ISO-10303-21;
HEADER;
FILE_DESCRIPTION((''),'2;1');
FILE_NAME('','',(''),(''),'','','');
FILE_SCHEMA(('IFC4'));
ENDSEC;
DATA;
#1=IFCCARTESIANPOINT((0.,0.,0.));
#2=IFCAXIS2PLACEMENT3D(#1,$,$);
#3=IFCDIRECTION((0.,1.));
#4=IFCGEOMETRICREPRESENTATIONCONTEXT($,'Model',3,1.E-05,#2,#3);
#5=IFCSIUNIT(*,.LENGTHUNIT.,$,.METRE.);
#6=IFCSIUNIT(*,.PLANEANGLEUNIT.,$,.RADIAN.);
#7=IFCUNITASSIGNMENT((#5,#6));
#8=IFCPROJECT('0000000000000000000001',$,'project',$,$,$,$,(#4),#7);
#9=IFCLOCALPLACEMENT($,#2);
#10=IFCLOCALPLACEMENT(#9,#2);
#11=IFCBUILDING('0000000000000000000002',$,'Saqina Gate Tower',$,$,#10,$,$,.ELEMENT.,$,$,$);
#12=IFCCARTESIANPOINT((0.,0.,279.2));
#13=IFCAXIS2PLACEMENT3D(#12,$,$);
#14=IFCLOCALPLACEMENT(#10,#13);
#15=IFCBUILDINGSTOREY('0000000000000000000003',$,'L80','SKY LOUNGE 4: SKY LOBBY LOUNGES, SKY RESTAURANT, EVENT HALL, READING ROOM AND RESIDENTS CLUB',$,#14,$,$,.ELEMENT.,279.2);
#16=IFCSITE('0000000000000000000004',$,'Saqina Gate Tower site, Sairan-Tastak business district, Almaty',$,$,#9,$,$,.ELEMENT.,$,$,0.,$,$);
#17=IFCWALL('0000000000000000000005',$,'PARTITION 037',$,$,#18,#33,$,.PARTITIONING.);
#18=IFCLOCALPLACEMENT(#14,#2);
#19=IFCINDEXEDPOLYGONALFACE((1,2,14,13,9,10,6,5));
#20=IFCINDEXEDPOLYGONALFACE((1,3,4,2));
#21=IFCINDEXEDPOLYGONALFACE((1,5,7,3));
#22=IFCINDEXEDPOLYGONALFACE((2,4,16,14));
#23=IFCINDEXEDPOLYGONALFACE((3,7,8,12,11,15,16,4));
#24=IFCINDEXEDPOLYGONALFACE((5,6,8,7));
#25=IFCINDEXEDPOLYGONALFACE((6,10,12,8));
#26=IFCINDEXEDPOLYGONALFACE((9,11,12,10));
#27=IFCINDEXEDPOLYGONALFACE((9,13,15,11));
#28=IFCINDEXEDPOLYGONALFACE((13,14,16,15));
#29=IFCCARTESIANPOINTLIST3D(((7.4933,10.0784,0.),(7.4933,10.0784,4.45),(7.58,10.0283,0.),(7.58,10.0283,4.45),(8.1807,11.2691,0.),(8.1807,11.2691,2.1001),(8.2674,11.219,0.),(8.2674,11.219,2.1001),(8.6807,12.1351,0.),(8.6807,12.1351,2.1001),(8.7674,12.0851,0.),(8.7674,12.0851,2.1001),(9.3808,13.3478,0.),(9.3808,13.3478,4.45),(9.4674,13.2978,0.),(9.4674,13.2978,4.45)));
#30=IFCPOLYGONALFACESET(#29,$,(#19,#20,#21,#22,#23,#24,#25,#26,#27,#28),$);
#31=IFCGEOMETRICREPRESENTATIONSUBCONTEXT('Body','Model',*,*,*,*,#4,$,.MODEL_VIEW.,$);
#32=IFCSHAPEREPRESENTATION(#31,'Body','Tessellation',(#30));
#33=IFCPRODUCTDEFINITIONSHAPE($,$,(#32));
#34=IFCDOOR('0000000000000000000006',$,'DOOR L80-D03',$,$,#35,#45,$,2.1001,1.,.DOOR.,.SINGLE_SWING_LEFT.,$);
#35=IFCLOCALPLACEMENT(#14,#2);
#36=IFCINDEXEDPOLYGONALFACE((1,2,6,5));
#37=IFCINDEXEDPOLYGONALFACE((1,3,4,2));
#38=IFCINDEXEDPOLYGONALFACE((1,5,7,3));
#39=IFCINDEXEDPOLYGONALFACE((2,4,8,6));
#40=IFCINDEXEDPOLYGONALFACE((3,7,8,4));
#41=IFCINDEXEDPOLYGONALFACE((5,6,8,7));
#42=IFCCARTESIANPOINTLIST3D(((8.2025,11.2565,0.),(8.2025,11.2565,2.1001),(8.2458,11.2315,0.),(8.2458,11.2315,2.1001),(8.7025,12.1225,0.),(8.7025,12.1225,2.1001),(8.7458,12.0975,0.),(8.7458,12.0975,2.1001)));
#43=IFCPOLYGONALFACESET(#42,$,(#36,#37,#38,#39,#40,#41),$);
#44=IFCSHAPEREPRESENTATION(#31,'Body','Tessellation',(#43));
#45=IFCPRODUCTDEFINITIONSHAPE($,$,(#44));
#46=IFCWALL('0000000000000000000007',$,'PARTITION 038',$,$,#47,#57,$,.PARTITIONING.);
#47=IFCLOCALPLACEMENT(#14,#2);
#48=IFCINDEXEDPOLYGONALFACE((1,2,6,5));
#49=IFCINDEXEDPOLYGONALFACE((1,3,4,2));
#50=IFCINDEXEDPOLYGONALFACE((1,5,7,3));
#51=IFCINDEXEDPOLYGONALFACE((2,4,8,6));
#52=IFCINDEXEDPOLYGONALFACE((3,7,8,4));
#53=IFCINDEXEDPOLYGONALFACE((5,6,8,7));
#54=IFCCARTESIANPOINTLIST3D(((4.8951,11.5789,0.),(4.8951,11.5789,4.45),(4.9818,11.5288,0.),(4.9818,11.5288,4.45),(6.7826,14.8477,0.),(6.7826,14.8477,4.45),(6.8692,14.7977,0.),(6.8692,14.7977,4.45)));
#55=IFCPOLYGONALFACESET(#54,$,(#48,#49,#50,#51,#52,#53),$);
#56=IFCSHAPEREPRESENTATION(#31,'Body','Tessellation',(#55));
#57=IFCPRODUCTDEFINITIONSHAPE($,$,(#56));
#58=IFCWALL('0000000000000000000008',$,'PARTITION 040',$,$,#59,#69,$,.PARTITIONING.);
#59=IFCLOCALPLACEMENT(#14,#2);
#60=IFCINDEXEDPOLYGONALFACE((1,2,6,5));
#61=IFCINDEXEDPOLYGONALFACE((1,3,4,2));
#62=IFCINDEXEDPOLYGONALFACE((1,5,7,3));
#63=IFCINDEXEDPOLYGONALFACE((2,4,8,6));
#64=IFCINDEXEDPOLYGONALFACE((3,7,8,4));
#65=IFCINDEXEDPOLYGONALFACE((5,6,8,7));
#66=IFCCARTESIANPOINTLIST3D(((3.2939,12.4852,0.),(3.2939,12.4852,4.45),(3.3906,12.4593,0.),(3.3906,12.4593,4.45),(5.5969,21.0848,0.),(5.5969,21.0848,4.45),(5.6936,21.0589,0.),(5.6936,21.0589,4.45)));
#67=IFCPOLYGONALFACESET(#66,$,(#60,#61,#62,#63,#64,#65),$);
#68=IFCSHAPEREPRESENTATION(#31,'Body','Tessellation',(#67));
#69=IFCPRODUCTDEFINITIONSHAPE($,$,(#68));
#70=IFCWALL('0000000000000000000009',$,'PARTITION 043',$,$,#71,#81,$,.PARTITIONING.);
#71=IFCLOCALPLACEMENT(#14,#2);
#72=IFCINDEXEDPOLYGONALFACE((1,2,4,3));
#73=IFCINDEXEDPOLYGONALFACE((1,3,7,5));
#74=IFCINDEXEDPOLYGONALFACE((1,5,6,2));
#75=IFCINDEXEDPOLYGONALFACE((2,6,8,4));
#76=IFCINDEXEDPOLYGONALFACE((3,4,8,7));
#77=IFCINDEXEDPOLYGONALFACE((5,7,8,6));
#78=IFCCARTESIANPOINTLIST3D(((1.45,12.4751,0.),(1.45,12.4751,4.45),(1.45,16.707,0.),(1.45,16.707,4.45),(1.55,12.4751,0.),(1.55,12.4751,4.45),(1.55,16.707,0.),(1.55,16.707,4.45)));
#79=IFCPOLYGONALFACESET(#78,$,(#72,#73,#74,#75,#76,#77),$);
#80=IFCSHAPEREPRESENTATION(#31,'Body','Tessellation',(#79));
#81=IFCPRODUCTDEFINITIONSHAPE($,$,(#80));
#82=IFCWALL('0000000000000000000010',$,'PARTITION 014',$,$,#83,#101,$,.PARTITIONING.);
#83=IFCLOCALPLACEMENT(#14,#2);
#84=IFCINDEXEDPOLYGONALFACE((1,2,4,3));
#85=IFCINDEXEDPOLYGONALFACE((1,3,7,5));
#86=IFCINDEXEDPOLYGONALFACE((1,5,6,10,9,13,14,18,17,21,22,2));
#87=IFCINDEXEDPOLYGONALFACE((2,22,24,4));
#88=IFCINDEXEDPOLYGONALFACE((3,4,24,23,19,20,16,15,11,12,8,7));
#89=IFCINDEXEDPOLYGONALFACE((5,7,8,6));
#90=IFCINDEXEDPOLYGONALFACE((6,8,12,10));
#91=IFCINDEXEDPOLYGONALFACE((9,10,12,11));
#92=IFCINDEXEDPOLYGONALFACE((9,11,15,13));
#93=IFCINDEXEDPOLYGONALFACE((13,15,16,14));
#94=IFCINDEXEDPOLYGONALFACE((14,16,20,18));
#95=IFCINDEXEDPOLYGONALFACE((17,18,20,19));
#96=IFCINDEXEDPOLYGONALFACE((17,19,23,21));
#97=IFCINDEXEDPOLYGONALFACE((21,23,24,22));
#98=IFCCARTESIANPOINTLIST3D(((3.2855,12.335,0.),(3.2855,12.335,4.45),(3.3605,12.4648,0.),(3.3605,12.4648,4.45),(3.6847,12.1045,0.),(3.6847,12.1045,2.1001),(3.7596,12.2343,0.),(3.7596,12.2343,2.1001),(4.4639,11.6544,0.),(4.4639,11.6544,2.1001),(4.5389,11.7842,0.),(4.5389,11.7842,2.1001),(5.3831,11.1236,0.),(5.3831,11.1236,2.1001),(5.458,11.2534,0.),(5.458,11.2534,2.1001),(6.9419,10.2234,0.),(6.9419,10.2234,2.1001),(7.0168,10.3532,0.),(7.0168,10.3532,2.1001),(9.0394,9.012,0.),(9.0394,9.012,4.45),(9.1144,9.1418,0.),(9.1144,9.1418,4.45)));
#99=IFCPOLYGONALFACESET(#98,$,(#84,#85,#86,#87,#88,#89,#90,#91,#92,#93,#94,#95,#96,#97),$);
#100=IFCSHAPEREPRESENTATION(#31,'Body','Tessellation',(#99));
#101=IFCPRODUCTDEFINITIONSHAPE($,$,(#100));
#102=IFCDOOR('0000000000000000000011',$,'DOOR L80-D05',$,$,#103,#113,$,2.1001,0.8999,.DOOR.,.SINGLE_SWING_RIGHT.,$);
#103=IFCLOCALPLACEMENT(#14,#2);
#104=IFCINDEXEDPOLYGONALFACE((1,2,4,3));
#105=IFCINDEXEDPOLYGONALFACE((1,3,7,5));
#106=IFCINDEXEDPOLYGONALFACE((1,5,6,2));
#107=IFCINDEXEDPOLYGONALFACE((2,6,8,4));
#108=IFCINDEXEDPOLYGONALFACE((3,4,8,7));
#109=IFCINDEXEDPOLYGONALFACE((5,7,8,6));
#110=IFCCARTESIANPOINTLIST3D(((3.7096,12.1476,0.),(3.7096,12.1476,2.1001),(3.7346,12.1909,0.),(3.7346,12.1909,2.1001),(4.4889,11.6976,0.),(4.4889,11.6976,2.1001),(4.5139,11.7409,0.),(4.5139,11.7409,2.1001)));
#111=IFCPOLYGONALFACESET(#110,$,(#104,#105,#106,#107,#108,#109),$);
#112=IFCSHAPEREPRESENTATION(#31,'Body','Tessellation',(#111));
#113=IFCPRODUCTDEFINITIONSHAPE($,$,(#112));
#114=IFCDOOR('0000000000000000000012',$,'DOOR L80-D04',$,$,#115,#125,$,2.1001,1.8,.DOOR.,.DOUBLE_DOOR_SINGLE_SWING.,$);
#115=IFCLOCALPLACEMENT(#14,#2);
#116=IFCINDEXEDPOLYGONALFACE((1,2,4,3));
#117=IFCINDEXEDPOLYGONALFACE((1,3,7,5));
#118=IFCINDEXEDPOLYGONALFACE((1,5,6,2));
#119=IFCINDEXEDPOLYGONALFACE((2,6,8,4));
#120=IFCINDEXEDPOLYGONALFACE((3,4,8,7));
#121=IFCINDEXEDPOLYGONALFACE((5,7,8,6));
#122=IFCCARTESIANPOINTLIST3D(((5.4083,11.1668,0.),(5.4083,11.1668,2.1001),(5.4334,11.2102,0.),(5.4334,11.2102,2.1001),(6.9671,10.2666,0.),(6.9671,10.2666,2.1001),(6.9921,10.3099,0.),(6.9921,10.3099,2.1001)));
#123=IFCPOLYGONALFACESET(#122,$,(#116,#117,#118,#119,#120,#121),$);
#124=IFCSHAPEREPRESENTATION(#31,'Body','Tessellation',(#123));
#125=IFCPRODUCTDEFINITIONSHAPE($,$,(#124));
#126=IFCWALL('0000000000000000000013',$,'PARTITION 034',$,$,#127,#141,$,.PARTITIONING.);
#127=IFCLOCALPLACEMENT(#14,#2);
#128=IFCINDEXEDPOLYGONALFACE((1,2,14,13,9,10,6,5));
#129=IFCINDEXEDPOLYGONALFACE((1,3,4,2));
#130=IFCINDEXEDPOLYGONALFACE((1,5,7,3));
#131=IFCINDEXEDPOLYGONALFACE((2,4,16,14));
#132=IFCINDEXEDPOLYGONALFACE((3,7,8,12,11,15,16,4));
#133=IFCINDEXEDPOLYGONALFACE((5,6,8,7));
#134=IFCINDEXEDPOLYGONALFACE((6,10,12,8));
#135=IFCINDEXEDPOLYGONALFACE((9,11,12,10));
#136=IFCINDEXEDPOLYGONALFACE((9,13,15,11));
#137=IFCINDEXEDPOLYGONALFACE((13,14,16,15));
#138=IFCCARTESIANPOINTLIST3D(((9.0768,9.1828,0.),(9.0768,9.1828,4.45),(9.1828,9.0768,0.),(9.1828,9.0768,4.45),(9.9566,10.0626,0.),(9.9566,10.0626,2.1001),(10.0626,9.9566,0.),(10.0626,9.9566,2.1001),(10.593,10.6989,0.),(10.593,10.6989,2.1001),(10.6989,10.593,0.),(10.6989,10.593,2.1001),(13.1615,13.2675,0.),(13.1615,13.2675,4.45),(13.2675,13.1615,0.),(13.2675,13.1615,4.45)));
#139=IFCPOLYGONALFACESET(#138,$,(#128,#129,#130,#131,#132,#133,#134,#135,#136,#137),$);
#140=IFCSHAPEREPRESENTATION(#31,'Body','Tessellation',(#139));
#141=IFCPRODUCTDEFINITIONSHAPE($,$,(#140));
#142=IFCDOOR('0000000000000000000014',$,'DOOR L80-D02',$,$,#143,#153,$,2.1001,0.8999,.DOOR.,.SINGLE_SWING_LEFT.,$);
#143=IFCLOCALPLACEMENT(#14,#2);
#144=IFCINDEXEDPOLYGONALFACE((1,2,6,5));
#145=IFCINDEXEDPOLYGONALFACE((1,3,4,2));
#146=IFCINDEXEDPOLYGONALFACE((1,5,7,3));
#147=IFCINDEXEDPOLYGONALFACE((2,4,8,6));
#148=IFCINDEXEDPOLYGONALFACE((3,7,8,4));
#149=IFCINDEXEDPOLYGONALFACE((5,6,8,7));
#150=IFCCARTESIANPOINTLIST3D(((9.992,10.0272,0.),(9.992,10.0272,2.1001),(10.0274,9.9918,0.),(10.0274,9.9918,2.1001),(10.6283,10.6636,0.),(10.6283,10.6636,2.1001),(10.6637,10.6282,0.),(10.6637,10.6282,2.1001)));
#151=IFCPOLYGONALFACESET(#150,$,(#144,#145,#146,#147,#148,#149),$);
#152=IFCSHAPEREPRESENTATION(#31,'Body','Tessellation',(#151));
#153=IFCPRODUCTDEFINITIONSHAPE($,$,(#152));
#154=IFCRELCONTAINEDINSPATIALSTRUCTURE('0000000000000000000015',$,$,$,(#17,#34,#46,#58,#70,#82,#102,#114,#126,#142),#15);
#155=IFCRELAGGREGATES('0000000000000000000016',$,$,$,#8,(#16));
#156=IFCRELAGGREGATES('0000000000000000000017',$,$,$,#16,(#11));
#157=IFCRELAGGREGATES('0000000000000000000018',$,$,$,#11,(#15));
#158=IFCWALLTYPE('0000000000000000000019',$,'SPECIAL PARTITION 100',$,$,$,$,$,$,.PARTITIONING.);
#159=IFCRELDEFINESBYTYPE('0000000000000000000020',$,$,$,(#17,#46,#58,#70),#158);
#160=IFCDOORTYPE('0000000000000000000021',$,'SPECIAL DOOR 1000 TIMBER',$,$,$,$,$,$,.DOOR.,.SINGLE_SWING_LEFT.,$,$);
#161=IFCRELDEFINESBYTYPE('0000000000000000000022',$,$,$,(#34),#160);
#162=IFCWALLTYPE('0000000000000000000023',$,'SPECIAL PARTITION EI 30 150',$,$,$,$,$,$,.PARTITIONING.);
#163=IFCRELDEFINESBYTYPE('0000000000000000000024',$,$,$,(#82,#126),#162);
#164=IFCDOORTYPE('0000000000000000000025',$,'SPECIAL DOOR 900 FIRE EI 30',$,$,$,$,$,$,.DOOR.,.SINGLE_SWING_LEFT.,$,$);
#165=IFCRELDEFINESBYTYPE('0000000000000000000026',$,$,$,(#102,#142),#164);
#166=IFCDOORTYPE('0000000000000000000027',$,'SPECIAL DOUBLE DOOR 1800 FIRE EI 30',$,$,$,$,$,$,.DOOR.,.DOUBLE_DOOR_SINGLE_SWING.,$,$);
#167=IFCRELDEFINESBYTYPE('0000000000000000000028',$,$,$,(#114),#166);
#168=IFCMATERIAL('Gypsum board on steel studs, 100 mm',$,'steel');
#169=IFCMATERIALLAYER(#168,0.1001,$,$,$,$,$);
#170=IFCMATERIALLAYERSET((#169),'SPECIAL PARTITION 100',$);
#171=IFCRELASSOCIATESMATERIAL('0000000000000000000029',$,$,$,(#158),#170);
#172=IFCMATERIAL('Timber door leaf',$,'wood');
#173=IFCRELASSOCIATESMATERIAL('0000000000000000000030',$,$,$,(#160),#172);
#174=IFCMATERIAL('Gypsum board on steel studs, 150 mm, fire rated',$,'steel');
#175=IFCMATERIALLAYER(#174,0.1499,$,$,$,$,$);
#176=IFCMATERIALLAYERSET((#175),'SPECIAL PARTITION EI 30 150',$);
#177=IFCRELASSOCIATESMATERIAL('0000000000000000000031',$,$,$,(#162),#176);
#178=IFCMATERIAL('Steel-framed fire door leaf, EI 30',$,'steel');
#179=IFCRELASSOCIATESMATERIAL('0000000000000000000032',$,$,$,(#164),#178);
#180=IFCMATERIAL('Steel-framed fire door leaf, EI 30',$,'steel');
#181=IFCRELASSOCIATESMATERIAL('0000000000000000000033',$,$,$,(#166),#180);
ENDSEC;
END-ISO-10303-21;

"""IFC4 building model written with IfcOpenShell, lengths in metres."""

from ifc_helpers import new_model, si_unit, direction, frame, frame_2d, origin, place, context, subcontext, project, spatial, rectangle, extrude, material, layer, layer_set, type_object, element, fill, save


model = new_model("IFC4")

# Units and contexts
model_context = context("Model", 3, precision=1e-05, world=origin(), true_north=direction((0.0, 1.0)))
body_context = subcontext(model_context, "Body", "Model", "MODEL_VIEW")
ifc_project = project(units=[si_unit("LENGTHUNIT", "METRE"), si_unit("PLANEANGLEUNIT", "RADIAN")], contexts=[model_context])

# Site, building, storey
site_placement = place(None, origin())
site = spatial("IfcSite", under=ifc_project, at=site_placement, Name="Saqina Gate Tower site, Sairan-Tastak business district, Almaty", CompositionType="ELEMENT", RefElevation=0.0)
building_placement = place(site_placement, origin())
building = spatial("IfcBuilding", under=site, at=building_placement, Name="Saqina Gate Tower", CompositionType="ELEMENT")
storey_placement = place(building_placement, frame((0.0, 0.0, 279.2)))
storey = spatial("IfcBuildingStorey", under=building, at=storey_placement, Name="L80", Description="SKY LOUNGE 4: SKY LOBBY LOUNGES, SKY RESTAURANT, EVENT HALL, READING ROOM AND RESIDENTS CLUB", CompositionType="ELEMENT", Elevation=279.2)

# Shared definitions
ifc_material_1 = material(Name="Gypsum board on steel studs, 100 mm", Category="steel")
ifc_layer_1 = layer(ifc_material_1, 0.1001)
ifc_layer_set_1 = layer_set([ifc_layer_1], Name="SPECIAL PARTITION 100")
wall_type_1 = type_object("IfcWallType", Name="SPECIAL PARTITION 100", PredefinedType="PARTITIONING", material=ifc_layer_set_1)

# Wall, opening, door
wall_1_placement = place(storey_placement, frame((7.5366, 10.0532, 0.0), z_axis=(0.0, 0.0, 1.0), x_axis=(0.499958, 0.86605, 0.0)))
wall_1 = element("IfcWall", 1, at=wall_1_placement, inside=storey, type_object=wall_type_1, Name="PARTITION 037", PredefinedType="PARTITIONING", context=body_context, shape_type="SweptSolid", body=[
    extrude(rectangle(XDim=3.7751, YDim=0.1001, at=frame_2d((1.8877, 0.0))), origin(), (0.0, 0.0, 1.0), 4.45),
])
opening_1_placement = place(wall_1_placement, frame((1.375, 0.0, 0.0)))
opening_1 = element("IfcOpeningElement", 2, at=opening_1_placement, cuts=wall_1, PredefinedType="OPENING", context=body_context, shape_type="SweptSolid", body=[
    extrude(rectangle(XDim=1.0, YDim=2.1001, at=frame_2d((0.5, 1.05))), frame((0.0, 0.062, 0.0), z_axis=(0.0, -1.0, 0.0), x_axis=(1.0, 0.0, 0.0)), (0.0, 0.0, 1.0), 0.124),
])
ifc_material_2 = material(Name="Timber door leaf", Category="wood")
door_type_1 = type_object("IfcDoorType", Name="SPECIAL DOOR 1000 TIMBER", OperationType="SINGLE_SWING_LEFT", PredefinedType="DOOR", material=ifc_material_2)
door_1_placement = place(opening_1_placement, origin())
door_1 = element("IfcDoor", 3, at=door_1_placement, inside=storey, type_object=door_type_1, Name="DOOR L80-D03", OperationType="SINGLE_SWING_LEFT", OverallHeight=2.1001, OverallWidth=1.0, PredefinedType="DOOR", context=body_context, shape_type="SweptSolid", body=[
    extrude(rectangle(XDim=1.0, YDim=2.1001, at=frame_2d((0.5, 1.05))), frame((0.0, 0.0249, 0.0), z_axis=(0.0, -1.0, 0.0), x_axis=(1.0, 0.0, 0.0)), (0.0, 0.0, 1.0), 0.05),
])
fill(opening_1, door_1)

# Walls
wall_2_placement = place(storey_placement, frame((4.9385, 11.554, 0.0), z_axis=(0.0, 0.0, 1.0), x_axis=(0.500042, 0.866001, 0.0)))
element("IfcWall", 4, at=wall_2_placement, inside=storey, type_object=wall_type_1, Name="PARTITION 038", PredefinedType="PARTITIONING", context=body_context, shape_type="SweptSolid", body=[
    extrude(rectangle(XDim=3.7747, YDim=0.1001, at=frame_2d((1.8872, 0.0))), origin(), (0.0, 0.0, 1.0), 4.45),
])
wall_3_placement = place(storey_placement, frame((3.3423, 12.4724, 0.0), z_axis=(0.0, 0.0, 1.0), x_axis=(0.258685, 0.965962, 0.0)))
element("IfcWall", 5, at=wall_3_placement, inside=storey, type_object=wall_type_1, Name="PARTITION 040", PredefinedType="PARTITIONING", context=body_context, shape_type="SweptSolid", body=[
    extrude(rectangle(XDim=8.9026, YDim=0.1001, at=frame_2d((4.4512, 0.0))), origin(), (0.0, 0.0, 1.0), 4.45),
])
wall_4_placement = place(storey_placement, frame((1.5, 12.4751, 0.0), z_axis=(0.0, 0.0, 1.0), x_axis=(0.0, 1.0, 0.0)))
element("IfcWall", 6, at=wall_4_placement, inside=storey, type_object=wall_type_1, Name="PARTITION 043", PredefinedType="PARTITIONING", context=body_context, shape_type="SweptSolid", body=[
    extrude(rectangle(XDim=4.2319, YDim=0.1001, at=frame_2d((2.116, 0.0))), origin(), (0.0, 0.0, 1.0), 4.45),
])

# Wall, openings, doors
ifc_material_3 = material(Name="Gypsum board on steel studs, 150 mm, fire rated", Category="steel")
ifc_layer_2 = layer(ifc_material_3, 0.1499)
ifc_layer_set_2 = layer_set([ifc_layer_2], Name="SPECIAL PARTITION EI 30 150")
wall_type_2 = type_object("IfcWallType", Name="SPECIAL PARTITION EI 30 150", PredefinedType="PARTITIONING", material=ifc_layer_set_2)
wall_5_placement = place(storey_placement, frame((3.323, 12.3999, 0.0), z_axis=(0.0, 0.0, 1.0), x_axis=(0.865962, -0.50011, 0.0)))
wall_5 = element("IfcWall", 7, at=wall_5_placement, inside=storey, type_object=wall_type_2, Name="PARTITION 014", PredefinedType="PARTITIONING", context=body_context, shape_type="SweptSolid", body=[
    extrude(rectangle(XDim=6.6445, YDim=0.1499, at=frame_2d((3.3223, 0.0))), origin(), (0.0, 0.0, 1.0), 4.45),
])
opening_2_placement = place(wall_5_placement, frame((2.4224, 0.0, 0.0)))
opening_2 = element("IfcOpeningElement", 8, at=opening_2_placement, cuts=wall_5, PredefinedType="OPENING", context=body_context, shape_type="SweptSolid", body=[
    extrude(rectangle(XDim=1.8, YDim=2.1001, at=frame_2d((0.8999, 1.05))), frame((0.0, 0.0869, 0.0), z_axis=(0.0, -1.0, 0.0), x_axis=(1.0, 0.0, 0.0)), (0.0, 0.0, 1.0), 0.1738),
])
opening_3_placement = place(wall_5_placement, frame((0.4609, 0.0, 0.0)))
opening_3 = element("IfcOpeningElement", 9, at=opening_3_placement, cuts=wall_5, PredefinedType="OPENING", context=body_context, shape_type="SweptSolid", body=[
    extrude(rectangle(XDim=0.8999, YDim=2.1001, at=frame_2d((0.45, 1.05))), frame((0.0, 0.0869, 0.0), z_axis=(0.0, -1.0, 0.0), x_axis=(1.0, 0.0, 0.0)), (0.0, 0.0, 1.0), 0.1738),
])
ifc_material_4 = material(Name="Steel-framed fire door leaf, EI 30", Category="steel")
door_type_2 = type_object("IfcDoorType", Name="SPECIAL DOOR 900 FIRE EI 30", OperationType="SINGLE_SWING_LEFT", PredefinedType="DOOR", material=ifc_material_4)
door_2_placement = place(opening_3_placement, origin())
door_2 = element("IfcDoor", 10, at=door_2_placement, inside=storey, type_object=door_type_2, Name="DOOR L80-D05", OperationType="SINGLE_SWING_RIGHT", OverallHeight=2.1001, OverallWidth=0.8999, PredefinedType="DOOR", context=body_context, shape_type="SweptSolid", body=[
    extrude(rectangle(XDim=0.8999, YDim=2.1001, at=frame_2d((0.45, 1.05))), frame((0.0, 0.0249, 0.0), z_axis=(0.0, -1.0, 0.0), x_axis=(1.0, 0.0, 0.0)), (0.0, 0.0, 1.0), 0.05),
])
fill(opening_3, door_2)
ifc_material_5 = material(Name="Steel-framed fire door leaf, EI 30", Category="steel")
door_type_3 = type_object("IfcDoorType", Name="SPECIAL DOUBLE DOOR 1800 FIRE EI 30", OperationType="DOUBLE_DOOR_SINGLE_SWING", PredefinedType="DOOR", material=ifc_material_5)
door_3_placement = place(opening_2_placement, frame((1.8, 0.0, 0.0), z_axis=(0.0, 0.0, 1.0), x_axis=(-1.0, 0.0, 0.0)))
door_3 = element("IfcDoor", 11, at=door_3_placement, inside=storey, type_object=door_type_3, Name="DOOR L80-D04", OperationType="DOUBLE_DOOR_SINGLE_SWING", OverallHeight=2.1001, OverallWidth=1.8, PredefinedType="DOOR", context=body_context, shape_type="SweptSolid", body=[
    extrude(rectangle(XDim=1.8, YDim=2.1001, at=frame_2d((0.8999, 1.05))), frame((0.0, 0.0249, 0.0), z_axis=(0.0, -1.0, 0.0), x_axis=(1.0, 0.0, 0.0)), (0.0, 0.0, 1.0), 0.05),
])
fill(opening_2, door_3)

# Wall, opening, door
wall_6_placement = place(storey_placement, frame((9.1299, 9.1299, 0.0), z_axis=(0.0, 0.0, 1.0), x_axis=(0.707107, 0.707107, 0.0)))
wall_6 = element("IfcWall", 12, at=wall_6_placement, inside=storey, type_object=wall_type_2, Name="PARTITION 034", PredefinedType="PARTITIONING", context=body_context, shape_type="SweptSolid", body=[
    extrude(rectangle(XDim=5.7766, YDim=0.1499, at=frame_2d((2.8882, 0.0))), origin(), (0.0, 0.0, 1.0), 4.45),
])
opening_4_placement = place(wall_6_placement, frame((1.2441, 0.0, 0.0)))
opening_4 = element("IfcOpeningElement", 13, at=opening_4_placement, cuts=wall_6, PredefinedType="OPENING", context=body_context, shape_type="SweptSolid", body=[
    extrude(rectangle(XDim=0.8999, YDim=2.1001, at=frame_2d((0.45, 1.05))), frame((0.0, 0.0869, 0.0), z_axis=(0.0, -1.0, 0.0), x_axis=(1.0, 0.0, 0.0)), (0.0, 0.0, 1.0), 0.1738),
])
door_4_placement = place(opening_4_placement, origin())
door_4 = element("IfcDoor", 14, at=door_4_placement, inside=storey, type_object=door_type_2, Name="DOOR L80-D02", OperationType="SINGLE_SWING_LEFT", OverallHeight=2.1001, OverallWidth=0.8999, PredefinedType="DOOR", context=body_context, shape_type="SweptSolid", body=[
    extrude(rectangle(XDim=0.8999, YDim=2.1001, at=frame_2d((0.45, 1.05))), frame((0.0, 0.0249, 0.0), z_axis=(0.0, -1.0, 0.0), x_axis=(1.0, 0.0, 0.0)), (0.0, 0.0, 1.0), 0.05),
])
fill(opening_4, door_4)

save(model, "model.ifc")
